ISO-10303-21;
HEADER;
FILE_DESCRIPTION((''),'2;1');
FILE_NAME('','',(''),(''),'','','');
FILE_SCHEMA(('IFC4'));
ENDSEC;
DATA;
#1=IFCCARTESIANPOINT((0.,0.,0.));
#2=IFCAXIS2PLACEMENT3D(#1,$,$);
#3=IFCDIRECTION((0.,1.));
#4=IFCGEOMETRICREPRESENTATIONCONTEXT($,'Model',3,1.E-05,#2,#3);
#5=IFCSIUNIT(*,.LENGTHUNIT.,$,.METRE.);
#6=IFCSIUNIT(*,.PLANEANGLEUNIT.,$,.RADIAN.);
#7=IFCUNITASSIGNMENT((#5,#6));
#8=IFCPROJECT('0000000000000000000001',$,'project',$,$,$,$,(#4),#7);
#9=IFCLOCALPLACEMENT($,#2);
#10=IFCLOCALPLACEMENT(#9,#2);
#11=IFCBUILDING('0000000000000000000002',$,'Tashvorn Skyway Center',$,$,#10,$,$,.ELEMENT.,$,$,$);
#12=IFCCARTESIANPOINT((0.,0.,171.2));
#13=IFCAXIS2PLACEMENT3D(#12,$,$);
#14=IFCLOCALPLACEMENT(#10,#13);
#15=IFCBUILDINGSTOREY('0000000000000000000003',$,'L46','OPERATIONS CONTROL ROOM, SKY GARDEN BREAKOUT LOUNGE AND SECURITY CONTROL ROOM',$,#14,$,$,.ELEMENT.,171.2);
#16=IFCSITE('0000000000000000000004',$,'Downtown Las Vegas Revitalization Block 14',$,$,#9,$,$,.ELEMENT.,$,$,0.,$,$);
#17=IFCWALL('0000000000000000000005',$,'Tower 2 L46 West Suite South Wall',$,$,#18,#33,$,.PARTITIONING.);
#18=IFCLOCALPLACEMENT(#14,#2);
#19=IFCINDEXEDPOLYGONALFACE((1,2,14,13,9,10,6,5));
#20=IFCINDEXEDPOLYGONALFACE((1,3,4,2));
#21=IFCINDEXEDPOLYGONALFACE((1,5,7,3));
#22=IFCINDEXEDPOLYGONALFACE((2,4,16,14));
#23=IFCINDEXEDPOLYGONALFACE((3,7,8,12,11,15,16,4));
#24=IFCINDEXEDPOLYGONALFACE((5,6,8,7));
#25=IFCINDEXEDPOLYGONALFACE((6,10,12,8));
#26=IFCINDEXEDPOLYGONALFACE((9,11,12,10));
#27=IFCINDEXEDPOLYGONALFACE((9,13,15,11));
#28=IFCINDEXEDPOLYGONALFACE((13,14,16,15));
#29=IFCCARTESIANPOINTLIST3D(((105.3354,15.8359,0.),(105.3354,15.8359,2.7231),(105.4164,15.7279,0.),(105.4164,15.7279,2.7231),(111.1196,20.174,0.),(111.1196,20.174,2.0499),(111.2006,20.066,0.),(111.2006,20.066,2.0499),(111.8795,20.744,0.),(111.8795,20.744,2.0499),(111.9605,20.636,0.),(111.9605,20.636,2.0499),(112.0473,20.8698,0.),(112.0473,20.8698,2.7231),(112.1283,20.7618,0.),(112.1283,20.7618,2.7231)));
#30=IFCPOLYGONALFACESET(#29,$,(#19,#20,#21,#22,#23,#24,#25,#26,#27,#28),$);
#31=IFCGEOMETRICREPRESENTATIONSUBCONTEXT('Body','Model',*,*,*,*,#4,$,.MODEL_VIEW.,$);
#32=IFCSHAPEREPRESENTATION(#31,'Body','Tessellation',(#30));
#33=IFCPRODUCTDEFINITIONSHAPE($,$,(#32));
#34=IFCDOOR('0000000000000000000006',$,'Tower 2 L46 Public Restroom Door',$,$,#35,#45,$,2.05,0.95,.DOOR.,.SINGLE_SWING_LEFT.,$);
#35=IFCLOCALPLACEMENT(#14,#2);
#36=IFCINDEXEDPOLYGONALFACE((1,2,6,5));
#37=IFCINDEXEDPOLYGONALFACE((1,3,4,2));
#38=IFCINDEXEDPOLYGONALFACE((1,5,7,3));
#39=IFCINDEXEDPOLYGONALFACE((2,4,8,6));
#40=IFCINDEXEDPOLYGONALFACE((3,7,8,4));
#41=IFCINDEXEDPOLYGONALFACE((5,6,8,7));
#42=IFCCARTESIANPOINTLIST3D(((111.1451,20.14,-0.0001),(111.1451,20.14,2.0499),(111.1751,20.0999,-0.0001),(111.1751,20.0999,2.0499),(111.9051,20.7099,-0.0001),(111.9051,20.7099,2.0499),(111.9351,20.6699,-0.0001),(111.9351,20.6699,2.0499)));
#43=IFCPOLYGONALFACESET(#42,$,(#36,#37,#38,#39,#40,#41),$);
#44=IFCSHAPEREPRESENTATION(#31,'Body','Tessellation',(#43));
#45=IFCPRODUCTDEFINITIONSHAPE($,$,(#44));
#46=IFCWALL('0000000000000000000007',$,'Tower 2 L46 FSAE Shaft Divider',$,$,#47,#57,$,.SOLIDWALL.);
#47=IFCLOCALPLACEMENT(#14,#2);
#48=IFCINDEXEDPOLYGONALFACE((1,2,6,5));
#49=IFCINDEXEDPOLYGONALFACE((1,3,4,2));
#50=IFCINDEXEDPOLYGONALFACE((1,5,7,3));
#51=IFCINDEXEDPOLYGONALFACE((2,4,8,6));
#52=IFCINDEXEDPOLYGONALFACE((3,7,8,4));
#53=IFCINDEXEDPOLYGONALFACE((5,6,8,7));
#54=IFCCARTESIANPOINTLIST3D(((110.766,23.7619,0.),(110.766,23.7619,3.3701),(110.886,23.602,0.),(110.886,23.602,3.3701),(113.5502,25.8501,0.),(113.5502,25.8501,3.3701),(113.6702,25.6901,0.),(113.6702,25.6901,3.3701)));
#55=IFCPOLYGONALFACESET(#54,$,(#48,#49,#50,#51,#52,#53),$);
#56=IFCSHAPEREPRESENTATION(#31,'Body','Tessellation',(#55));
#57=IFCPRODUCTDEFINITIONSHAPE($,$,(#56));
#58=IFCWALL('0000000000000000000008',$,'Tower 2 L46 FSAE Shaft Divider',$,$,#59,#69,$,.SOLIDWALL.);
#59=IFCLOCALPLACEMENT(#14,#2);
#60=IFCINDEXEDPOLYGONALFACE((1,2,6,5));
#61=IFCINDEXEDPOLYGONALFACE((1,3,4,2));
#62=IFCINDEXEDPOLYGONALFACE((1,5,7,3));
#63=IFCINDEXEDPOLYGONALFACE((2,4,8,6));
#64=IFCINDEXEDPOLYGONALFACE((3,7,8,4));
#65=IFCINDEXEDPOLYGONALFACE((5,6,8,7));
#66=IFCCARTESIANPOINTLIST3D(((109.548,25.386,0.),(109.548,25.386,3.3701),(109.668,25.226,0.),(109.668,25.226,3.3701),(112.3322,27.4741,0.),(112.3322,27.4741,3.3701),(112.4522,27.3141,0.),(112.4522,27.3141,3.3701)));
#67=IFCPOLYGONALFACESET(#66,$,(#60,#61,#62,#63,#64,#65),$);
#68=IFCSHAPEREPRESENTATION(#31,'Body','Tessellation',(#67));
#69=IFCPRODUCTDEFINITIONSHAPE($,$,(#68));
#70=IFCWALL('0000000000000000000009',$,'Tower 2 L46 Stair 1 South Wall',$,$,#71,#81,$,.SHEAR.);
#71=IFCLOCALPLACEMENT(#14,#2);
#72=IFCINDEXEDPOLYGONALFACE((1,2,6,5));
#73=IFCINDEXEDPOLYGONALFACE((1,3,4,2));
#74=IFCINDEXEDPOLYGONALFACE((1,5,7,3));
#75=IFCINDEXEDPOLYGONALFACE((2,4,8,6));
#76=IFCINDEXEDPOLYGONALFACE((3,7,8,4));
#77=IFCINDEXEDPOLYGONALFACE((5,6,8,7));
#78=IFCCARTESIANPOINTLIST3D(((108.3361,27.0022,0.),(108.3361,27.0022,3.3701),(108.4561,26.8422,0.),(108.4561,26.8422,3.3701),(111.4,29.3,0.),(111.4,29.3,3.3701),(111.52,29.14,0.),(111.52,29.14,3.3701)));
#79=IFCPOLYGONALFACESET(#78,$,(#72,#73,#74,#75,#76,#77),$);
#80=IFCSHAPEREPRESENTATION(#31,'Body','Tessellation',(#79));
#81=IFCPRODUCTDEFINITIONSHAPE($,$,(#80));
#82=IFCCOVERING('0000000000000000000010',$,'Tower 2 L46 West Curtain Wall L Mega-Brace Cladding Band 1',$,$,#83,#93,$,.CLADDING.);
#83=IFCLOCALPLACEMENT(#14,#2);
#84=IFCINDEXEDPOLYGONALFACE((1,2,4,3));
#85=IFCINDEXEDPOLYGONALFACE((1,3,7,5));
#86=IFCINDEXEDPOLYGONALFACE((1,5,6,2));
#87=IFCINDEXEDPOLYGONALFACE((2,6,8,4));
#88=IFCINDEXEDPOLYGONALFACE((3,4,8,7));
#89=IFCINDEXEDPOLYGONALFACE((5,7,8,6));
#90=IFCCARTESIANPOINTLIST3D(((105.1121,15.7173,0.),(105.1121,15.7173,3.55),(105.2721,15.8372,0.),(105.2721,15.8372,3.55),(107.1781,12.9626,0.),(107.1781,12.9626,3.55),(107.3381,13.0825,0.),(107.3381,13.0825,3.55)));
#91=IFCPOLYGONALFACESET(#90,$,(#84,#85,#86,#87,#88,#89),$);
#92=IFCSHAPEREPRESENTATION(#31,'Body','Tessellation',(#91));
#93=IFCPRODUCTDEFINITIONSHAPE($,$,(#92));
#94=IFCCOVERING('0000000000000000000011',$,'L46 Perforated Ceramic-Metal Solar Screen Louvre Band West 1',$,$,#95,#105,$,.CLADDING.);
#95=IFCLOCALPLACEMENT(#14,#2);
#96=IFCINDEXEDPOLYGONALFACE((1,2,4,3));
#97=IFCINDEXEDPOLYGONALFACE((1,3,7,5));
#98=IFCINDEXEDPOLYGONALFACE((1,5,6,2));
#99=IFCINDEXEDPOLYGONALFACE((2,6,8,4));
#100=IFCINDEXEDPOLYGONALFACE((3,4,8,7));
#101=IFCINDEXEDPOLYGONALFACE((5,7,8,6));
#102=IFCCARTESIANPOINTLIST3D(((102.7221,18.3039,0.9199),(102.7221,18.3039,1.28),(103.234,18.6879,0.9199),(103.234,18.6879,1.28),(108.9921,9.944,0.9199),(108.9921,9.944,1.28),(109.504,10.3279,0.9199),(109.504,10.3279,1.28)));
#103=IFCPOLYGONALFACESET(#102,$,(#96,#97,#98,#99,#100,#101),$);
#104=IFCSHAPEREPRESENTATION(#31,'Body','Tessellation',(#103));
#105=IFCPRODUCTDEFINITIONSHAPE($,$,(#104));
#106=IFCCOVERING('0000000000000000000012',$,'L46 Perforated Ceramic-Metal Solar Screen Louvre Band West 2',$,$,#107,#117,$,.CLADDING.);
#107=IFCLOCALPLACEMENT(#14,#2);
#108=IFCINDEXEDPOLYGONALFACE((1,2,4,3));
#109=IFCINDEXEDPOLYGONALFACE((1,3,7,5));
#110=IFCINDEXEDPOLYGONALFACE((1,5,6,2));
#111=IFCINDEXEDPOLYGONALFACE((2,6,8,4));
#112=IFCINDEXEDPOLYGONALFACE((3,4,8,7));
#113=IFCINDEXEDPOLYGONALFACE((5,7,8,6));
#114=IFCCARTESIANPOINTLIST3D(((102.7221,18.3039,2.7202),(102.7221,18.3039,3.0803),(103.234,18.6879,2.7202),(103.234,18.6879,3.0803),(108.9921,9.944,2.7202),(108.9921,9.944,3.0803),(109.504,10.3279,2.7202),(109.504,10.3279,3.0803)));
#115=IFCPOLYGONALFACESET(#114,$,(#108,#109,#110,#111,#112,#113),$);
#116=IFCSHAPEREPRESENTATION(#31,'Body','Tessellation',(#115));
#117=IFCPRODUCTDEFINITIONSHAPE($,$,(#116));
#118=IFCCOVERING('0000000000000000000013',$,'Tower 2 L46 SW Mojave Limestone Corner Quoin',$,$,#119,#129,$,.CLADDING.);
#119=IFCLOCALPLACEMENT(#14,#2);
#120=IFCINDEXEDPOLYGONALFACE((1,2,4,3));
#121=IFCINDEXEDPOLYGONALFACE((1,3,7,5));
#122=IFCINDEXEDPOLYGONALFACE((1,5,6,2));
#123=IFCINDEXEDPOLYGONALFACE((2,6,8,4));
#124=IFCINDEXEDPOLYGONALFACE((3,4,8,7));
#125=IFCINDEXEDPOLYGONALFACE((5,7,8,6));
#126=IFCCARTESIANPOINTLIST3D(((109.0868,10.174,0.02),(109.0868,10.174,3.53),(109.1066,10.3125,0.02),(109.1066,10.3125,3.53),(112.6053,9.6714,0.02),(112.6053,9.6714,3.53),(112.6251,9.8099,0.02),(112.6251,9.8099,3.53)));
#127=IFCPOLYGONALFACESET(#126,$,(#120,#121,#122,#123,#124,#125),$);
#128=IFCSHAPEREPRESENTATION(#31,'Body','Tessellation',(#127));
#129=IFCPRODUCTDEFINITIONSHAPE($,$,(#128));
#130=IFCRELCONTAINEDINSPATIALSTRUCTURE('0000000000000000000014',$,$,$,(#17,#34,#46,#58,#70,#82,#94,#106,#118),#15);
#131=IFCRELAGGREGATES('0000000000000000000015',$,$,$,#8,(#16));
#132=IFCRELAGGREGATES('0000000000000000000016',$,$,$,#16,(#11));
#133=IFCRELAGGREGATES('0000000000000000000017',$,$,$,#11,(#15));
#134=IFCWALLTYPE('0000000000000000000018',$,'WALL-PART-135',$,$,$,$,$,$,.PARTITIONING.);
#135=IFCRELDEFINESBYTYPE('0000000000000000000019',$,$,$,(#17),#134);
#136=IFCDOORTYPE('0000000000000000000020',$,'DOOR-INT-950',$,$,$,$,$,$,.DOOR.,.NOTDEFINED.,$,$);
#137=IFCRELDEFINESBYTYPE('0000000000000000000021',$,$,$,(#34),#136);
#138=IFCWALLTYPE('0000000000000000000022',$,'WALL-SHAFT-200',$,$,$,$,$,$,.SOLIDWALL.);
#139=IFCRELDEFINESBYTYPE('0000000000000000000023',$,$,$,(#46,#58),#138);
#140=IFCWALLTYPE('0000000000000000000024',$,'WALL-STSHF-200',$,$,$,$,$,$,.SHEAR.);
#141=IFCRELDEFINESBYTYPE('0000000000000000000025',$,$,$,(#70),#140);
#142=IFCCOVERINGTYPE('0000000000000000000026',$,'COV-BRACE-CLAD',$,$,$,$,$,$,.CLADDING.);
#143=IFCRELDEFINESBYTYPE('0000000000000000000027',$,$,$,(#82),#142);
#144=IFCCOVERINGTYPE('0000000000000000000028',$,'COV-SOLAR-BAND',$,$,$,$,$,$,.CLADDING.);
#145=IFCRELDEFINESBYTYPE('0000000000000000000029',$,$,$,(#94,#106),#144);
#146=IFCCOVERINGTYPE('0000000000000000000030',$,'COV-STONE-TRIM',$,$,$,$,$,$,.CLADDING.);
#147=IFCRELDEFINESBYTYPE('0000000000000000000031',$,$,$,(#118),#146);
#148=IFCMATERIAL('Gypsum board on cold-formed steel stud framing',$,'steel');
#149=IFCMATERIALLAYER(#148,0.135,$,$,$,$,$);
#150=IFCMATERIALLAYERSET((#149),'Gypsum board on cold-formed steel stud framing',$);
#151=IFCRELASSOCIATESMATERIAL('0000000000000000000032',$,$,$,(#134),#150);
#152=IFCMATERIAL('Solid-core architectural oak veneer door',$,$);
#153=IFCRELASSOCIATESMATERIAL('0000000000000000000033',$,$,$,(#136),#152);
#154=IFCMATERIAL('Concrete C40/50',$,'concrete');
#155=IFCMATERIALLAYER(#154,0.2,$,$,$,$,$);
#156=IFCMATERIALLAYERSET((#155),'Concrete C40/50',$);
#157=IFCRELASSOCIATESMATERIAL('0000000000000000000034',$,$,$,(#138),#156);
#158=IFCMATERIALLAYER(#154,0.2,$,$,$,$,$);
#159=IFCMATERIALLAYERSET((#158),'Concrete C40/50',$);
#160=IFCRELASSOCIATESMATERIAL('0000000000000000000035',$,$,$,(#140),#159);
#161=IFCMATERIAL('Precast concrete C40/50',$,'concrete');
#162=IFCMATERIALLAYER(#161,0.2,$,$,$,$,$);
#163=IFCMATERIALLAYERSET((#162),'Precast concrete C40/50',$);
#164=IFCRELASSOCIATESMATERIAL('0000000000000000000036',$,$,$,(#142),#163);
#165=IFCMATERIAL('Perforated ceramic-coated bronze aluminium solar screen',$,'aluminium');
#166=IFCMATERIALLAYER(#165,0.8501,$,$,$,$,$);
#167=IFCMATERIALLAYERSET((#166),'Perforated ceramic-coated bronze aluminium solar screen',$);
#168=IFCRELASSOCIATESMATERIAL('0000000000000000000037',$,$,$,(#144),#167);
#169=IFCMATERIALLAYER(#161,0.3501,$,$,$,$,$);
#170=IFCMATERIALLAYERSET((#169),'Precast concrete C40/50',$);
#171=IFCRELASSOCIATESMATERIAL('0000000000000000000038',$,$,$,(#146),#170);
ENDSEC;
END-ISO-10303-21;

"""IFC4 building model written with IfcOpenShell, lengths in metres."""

from ifc_helpers import new_model, si_unit, direction, frame, frame_2d, origin, origin_2d, place, context, subcontext, project, spatial, rectangle, extrude, material, layer, layer_set, type_object, element, fill, save


model = new_model("IFC4")

# Units and contexts
model_context = context("Model", 3, precision=1e-05, world=origin(), true_north=direction((0.0, 1.0)))
body_context = subcontext(model_context, "Body", "Model", "MODEL_VIEW")
ifc_project = project(units=[si_unit("LENGTHUNIT", "METRE"), si_unit("PLANEANGLEUNIT", "RADIAN")], contexts=[model_context])

# Site, building, storey
site_placement = place(None, origin())
site = spatial("IfcSite", under=ifc_project, at=site_placement, Name="Downtown Las Vegas Revitalization Block 14", CompositionType="ELEMENT", RefElevation=0.0)
building_placement = place(site_placement, origin())
building = spatial("IfcBuilding", under=site, at=building_placement, Name="Tashvorn Skyway Center", CompositionType="ELEMENT")
storey_placement = place(building_placement, frame((0.0, 0.0, 171.2)))
storey = spatial("IfcBuildingStorey", under=building, at=storey_placement, Name="L46", Description="OPERATIONS CONTROL ROOM, SKY GARDEN BREAKOUT LOUNGE AND SECURITY CONTROL ROOM", CompositionType="ELEMENT", Elevation=171.2)

# Shared definitions
ifc_material_1 = material(Name="Precast concrete C40/50", Category="concrete")
ifc_material_2 = material(Name="Gypsum board on cold-formed steel stud framing", Category="steel")
ifc_layer_1 = layer(ifc_material_2, 0.135)
ifc_layer_set_1 = layer_set([ifc_layer_1], Name="Gypsum board on cold-formed steel stud framing")
wall_type_1 = type_object("IfcWallType", Name="WALL-PART-135", PredefinedType="PARTITIONING", material=ifc_layer_set_1)

# Wall, opening, door
wall_1_placement = place(storey_placement, frame((105.376, 15.782, 0.0), z_axis=(0.0, 0.0, 1.0), x_axis=(0.8, 0.6, 0.0)))
wall_1 = element("IfcWall", 1, at=wall_1_placement, inside=storey, type_object=wall_type_1, Name="Tower 2 L46 West Suite South Wall", PredefinedType="PARTITIONING", context=body_context, shape_type="SweptSolid", body=[
    extrude(rectangle(XDim=8.3899, YDim=0.135, at=frame_2d((4.1948, 0.0))), origin(), (0.0, 0.0, 1.0), 2.7231),
])
opening_placement = place(wall_1_placement, frame((7.23, 0.0, 0.0)))
opening = element("IfcOpeningElement", 2, at=opening_placement, cuts=wall_1, PredefinedType="OPENING", context=body_context, shape_type="SweptSolid", body=[
    extrude(rectangle(XDim=0.95, YDim=2.05, at=frame_2d((0.4751, 1.0249))), frame((0.0, 0.0774, 0.0), z_axis=(0.0, -1.0, 0.0), x_axis=(1.0, 0.0, 0.0)), (0.0, 0.0, 1.0), 0.155),
])
ifc_material_3 = material(Name="Solid-core architectural oak veneer door")
door_type = type_object("IfcDoorType", Name="DOOR-INT-950", OperationType="NOTDEFINED", PredefinedType="DOOR", material=ifc_material_3)
door_placement = place(opening_placement, origin())
door = element("IfcDoor", 3, at=door_placement, inside=storey, type_object=door_type, Name="Tower 2 L46 Public Restroom Door", OperationType="SINGLE_SWING_LEFT", OverallHeight=2.05, OverallWidth=0.95, PredefinedType="DOOR", context=body_context, shape_type="SweptSolid", body=[
    extrude(rectangle(XDim=0.95, YDim=2.05, at=frame_2d((0.4751, 1.0249))), frame((0.0, 0.0249, 0.0), z_axis=(0.0, -1.0, 0.0), x_axis=(1.0, 0.0, 0.0)), (0.0, 0.0, 1.0), 0.05),
])
fill(opening, door)

# Walls
ifc_material_4 = material(Name="Concrete C40/50", Category="concrete")
ifc_layer_2 = layer(ifc_material_4, 0.2)
ifc_layer_set_2 = layer_set([ifc_layer_2], Name="Concrete C40/50")
wall_type_2 = type_object("IfcWallType", Name="WALL-SHAFT-200", PredefinedType="SOLIDWALL", material=ifc_layer_set_2)
for number, where, z_axis, x_axis, name in (
    (4, (110.8259, 23.6819, 0.0), (0.0, 0.0, 1.0), (0.8, 0.6, 0.0), "Tower 2 L46 FSAE Shaft Divider"),
    (5, (109.6079, 25.3059, 0.0), (0.0, 0.0, 1.0), (0.8, 0.6, 0.0), "Tower 2 L46 FSAE Shaft Divider"),
):
    element("IfcWall", number, at=place(storey_placement, frame(where, z_axis=z_axis, x_axis=x_axis)), inside=storey, type_object=wall_type_2, Name=name, PredefinedType="SOLIDWALL", context=body_context, shape_type="SweptSolid", body=[
        extrude(rectangle(XDim=3.4802, YDim=0.2, at=frame_2d((1.7402, 0.0))), origin(), (0.0, 0.0, 1.0), 3.3701),
    ])
ifc_layer_3 = layer(ifc_material_4, 0.2)
ifc_layer_set_3 = layer_set([ifc_layer_3], Name="Concrete C40/50")
wall_type_3 = type_object("IfcWallType", Name="WALL-STSHF-200", PredefinedType="SHEAR", material=ifc_layer_set_3)
wall_2_placement = place(storey_placement, frame((108.396, 26.9221, 0.0), z_axis=(0.0, 0.0, 1.0), x_axis=(0.800015, 0.59998, 0.0)))
element("IfcWall", 6, at=wall_2_placement, inside=storey, type_object=wall_type_3, Name="Tower 2 L46 Stair 1 South Wall", PredefinedType="SHEAR", context=body_context, shape_type="SweptSolid", body=[
    extrude(rectangle(XDim=3.8298, YDim=0.2, at=frame_2d((1.915, 0.0))), origin(), (0.0, 0.0, 1.0), 3.3701),
])

# Coverings
ifc_layer_4 = layer(ifc_material_1, 0.2)
ifc_layer_set_4 = layer_set([ifc_layer_4], Name="Precast concrete C40/50")
covering_type_1 = type_object("IfcCoveringType", Name="COV-BRACE-CLAD", PredefinedType="CLADDING", material=ifc_layer_set_4)
covering_1_placement = place(storey_placement, frame((106.2251, 14.3999, 0.0), z_axis=(0.0, 0.0, 1.0), x_axis=(-0.6, 0.8, 0.0)))
element("IfcCovering", 7, at=covering_1_placement, inside=storey, type_object=covering_type_1, Name="Tower 2 L46 West Curtain Wall L Mega-Brace Cladding Band 1", PredefinedType="CLADDING", context=body_context, shape_type="SweptSolid", body=[
    extrude(rectangle(XDim=3.4434, YDim=0.2, at=origin_2d()), origin(), (0.0, 0.0, 1.0), 3.55),
])
ifc_material_5 = material(Name="Perforated ceramic-coated bronze aluminium solar screen", Category="aluminium")
ifc_layer_5 = layer(ifc_material_5, 0.8501)
ifc_layer_set_5 = layer_set([ifc_layer_5], Name="Perforated ceramic-coated bronze aluminium solar screen")
covering_type_2 = type_object("IfcCoveringType", Name="COV-SOLAR-BAND", PredefinedType="CLADDING", material=ifc_layer_set_5)
for number, where, z_axis, x_axis, name in (
    (8, (106.113, 14.3159, 0.9199), (0.0, 0.0, 1.0), (-0.6, 0.8, 0.0), "L46 Perforated Ceramic-Metal Solar Screen Louvre Band West 1"),
    (9, (106.113, 14.3159, 2.7202), (0.0, 0.0, 1.0), (-0.6, 0.8, 0.0), "L46 Perforated Ceramic-Metal Solar Screen Louvre Band West 2"),
):
    element("IfcCovering", number, at=place(storey_placement, frame(where, z_axis=z_axis, x_axis=x_axis)), inside=storey, type_object=covering_type_2, Name=name, PredefinedType="CLADDING", context=body_context, shape_type="SweptSolid", body=[
        extrude(rectangle(XDim=10.45, YDim=0.6399, at=origin_2d()), origin(), (0.0, 0.0, 1.0), 0.3601),
    ])
ifc_layer_6 = layer(ifc_material_1, 0.3501)
ifc_layer_set_6 = layer_set([ifc_layer_6], Name="Precast concrete C40/50")
covering_type_3 = type_object("IfcCoveringType", Name="COV-STONE-TRIM", PredefinedType="CLADDING", material=ifc_layer_set_6)
covering_2_placement = place(storey_placement, frame((110.856, 9.9919, 0.02), z_axis=(0.0, 0.0, 1.0), x_axis=(-0.989949, 0.141421, 0.0)))
element("IfcCovering", 10, at=covering_2_placement, inside=storey, type_object=covering_type_3, Name="Tower 2 L46 SW Mojave Limestone Corner Quoin", PredefinedType="CLADDING", context=body_context, shape_type="SweptSolid", body=[
    extrude(rectangle(XDim=3.5542, YDim=0.1399, at=origin_2d()), origin(), (0.0, 0.0, 1.0), 3.51),
])

save(model, "model.ifc")
